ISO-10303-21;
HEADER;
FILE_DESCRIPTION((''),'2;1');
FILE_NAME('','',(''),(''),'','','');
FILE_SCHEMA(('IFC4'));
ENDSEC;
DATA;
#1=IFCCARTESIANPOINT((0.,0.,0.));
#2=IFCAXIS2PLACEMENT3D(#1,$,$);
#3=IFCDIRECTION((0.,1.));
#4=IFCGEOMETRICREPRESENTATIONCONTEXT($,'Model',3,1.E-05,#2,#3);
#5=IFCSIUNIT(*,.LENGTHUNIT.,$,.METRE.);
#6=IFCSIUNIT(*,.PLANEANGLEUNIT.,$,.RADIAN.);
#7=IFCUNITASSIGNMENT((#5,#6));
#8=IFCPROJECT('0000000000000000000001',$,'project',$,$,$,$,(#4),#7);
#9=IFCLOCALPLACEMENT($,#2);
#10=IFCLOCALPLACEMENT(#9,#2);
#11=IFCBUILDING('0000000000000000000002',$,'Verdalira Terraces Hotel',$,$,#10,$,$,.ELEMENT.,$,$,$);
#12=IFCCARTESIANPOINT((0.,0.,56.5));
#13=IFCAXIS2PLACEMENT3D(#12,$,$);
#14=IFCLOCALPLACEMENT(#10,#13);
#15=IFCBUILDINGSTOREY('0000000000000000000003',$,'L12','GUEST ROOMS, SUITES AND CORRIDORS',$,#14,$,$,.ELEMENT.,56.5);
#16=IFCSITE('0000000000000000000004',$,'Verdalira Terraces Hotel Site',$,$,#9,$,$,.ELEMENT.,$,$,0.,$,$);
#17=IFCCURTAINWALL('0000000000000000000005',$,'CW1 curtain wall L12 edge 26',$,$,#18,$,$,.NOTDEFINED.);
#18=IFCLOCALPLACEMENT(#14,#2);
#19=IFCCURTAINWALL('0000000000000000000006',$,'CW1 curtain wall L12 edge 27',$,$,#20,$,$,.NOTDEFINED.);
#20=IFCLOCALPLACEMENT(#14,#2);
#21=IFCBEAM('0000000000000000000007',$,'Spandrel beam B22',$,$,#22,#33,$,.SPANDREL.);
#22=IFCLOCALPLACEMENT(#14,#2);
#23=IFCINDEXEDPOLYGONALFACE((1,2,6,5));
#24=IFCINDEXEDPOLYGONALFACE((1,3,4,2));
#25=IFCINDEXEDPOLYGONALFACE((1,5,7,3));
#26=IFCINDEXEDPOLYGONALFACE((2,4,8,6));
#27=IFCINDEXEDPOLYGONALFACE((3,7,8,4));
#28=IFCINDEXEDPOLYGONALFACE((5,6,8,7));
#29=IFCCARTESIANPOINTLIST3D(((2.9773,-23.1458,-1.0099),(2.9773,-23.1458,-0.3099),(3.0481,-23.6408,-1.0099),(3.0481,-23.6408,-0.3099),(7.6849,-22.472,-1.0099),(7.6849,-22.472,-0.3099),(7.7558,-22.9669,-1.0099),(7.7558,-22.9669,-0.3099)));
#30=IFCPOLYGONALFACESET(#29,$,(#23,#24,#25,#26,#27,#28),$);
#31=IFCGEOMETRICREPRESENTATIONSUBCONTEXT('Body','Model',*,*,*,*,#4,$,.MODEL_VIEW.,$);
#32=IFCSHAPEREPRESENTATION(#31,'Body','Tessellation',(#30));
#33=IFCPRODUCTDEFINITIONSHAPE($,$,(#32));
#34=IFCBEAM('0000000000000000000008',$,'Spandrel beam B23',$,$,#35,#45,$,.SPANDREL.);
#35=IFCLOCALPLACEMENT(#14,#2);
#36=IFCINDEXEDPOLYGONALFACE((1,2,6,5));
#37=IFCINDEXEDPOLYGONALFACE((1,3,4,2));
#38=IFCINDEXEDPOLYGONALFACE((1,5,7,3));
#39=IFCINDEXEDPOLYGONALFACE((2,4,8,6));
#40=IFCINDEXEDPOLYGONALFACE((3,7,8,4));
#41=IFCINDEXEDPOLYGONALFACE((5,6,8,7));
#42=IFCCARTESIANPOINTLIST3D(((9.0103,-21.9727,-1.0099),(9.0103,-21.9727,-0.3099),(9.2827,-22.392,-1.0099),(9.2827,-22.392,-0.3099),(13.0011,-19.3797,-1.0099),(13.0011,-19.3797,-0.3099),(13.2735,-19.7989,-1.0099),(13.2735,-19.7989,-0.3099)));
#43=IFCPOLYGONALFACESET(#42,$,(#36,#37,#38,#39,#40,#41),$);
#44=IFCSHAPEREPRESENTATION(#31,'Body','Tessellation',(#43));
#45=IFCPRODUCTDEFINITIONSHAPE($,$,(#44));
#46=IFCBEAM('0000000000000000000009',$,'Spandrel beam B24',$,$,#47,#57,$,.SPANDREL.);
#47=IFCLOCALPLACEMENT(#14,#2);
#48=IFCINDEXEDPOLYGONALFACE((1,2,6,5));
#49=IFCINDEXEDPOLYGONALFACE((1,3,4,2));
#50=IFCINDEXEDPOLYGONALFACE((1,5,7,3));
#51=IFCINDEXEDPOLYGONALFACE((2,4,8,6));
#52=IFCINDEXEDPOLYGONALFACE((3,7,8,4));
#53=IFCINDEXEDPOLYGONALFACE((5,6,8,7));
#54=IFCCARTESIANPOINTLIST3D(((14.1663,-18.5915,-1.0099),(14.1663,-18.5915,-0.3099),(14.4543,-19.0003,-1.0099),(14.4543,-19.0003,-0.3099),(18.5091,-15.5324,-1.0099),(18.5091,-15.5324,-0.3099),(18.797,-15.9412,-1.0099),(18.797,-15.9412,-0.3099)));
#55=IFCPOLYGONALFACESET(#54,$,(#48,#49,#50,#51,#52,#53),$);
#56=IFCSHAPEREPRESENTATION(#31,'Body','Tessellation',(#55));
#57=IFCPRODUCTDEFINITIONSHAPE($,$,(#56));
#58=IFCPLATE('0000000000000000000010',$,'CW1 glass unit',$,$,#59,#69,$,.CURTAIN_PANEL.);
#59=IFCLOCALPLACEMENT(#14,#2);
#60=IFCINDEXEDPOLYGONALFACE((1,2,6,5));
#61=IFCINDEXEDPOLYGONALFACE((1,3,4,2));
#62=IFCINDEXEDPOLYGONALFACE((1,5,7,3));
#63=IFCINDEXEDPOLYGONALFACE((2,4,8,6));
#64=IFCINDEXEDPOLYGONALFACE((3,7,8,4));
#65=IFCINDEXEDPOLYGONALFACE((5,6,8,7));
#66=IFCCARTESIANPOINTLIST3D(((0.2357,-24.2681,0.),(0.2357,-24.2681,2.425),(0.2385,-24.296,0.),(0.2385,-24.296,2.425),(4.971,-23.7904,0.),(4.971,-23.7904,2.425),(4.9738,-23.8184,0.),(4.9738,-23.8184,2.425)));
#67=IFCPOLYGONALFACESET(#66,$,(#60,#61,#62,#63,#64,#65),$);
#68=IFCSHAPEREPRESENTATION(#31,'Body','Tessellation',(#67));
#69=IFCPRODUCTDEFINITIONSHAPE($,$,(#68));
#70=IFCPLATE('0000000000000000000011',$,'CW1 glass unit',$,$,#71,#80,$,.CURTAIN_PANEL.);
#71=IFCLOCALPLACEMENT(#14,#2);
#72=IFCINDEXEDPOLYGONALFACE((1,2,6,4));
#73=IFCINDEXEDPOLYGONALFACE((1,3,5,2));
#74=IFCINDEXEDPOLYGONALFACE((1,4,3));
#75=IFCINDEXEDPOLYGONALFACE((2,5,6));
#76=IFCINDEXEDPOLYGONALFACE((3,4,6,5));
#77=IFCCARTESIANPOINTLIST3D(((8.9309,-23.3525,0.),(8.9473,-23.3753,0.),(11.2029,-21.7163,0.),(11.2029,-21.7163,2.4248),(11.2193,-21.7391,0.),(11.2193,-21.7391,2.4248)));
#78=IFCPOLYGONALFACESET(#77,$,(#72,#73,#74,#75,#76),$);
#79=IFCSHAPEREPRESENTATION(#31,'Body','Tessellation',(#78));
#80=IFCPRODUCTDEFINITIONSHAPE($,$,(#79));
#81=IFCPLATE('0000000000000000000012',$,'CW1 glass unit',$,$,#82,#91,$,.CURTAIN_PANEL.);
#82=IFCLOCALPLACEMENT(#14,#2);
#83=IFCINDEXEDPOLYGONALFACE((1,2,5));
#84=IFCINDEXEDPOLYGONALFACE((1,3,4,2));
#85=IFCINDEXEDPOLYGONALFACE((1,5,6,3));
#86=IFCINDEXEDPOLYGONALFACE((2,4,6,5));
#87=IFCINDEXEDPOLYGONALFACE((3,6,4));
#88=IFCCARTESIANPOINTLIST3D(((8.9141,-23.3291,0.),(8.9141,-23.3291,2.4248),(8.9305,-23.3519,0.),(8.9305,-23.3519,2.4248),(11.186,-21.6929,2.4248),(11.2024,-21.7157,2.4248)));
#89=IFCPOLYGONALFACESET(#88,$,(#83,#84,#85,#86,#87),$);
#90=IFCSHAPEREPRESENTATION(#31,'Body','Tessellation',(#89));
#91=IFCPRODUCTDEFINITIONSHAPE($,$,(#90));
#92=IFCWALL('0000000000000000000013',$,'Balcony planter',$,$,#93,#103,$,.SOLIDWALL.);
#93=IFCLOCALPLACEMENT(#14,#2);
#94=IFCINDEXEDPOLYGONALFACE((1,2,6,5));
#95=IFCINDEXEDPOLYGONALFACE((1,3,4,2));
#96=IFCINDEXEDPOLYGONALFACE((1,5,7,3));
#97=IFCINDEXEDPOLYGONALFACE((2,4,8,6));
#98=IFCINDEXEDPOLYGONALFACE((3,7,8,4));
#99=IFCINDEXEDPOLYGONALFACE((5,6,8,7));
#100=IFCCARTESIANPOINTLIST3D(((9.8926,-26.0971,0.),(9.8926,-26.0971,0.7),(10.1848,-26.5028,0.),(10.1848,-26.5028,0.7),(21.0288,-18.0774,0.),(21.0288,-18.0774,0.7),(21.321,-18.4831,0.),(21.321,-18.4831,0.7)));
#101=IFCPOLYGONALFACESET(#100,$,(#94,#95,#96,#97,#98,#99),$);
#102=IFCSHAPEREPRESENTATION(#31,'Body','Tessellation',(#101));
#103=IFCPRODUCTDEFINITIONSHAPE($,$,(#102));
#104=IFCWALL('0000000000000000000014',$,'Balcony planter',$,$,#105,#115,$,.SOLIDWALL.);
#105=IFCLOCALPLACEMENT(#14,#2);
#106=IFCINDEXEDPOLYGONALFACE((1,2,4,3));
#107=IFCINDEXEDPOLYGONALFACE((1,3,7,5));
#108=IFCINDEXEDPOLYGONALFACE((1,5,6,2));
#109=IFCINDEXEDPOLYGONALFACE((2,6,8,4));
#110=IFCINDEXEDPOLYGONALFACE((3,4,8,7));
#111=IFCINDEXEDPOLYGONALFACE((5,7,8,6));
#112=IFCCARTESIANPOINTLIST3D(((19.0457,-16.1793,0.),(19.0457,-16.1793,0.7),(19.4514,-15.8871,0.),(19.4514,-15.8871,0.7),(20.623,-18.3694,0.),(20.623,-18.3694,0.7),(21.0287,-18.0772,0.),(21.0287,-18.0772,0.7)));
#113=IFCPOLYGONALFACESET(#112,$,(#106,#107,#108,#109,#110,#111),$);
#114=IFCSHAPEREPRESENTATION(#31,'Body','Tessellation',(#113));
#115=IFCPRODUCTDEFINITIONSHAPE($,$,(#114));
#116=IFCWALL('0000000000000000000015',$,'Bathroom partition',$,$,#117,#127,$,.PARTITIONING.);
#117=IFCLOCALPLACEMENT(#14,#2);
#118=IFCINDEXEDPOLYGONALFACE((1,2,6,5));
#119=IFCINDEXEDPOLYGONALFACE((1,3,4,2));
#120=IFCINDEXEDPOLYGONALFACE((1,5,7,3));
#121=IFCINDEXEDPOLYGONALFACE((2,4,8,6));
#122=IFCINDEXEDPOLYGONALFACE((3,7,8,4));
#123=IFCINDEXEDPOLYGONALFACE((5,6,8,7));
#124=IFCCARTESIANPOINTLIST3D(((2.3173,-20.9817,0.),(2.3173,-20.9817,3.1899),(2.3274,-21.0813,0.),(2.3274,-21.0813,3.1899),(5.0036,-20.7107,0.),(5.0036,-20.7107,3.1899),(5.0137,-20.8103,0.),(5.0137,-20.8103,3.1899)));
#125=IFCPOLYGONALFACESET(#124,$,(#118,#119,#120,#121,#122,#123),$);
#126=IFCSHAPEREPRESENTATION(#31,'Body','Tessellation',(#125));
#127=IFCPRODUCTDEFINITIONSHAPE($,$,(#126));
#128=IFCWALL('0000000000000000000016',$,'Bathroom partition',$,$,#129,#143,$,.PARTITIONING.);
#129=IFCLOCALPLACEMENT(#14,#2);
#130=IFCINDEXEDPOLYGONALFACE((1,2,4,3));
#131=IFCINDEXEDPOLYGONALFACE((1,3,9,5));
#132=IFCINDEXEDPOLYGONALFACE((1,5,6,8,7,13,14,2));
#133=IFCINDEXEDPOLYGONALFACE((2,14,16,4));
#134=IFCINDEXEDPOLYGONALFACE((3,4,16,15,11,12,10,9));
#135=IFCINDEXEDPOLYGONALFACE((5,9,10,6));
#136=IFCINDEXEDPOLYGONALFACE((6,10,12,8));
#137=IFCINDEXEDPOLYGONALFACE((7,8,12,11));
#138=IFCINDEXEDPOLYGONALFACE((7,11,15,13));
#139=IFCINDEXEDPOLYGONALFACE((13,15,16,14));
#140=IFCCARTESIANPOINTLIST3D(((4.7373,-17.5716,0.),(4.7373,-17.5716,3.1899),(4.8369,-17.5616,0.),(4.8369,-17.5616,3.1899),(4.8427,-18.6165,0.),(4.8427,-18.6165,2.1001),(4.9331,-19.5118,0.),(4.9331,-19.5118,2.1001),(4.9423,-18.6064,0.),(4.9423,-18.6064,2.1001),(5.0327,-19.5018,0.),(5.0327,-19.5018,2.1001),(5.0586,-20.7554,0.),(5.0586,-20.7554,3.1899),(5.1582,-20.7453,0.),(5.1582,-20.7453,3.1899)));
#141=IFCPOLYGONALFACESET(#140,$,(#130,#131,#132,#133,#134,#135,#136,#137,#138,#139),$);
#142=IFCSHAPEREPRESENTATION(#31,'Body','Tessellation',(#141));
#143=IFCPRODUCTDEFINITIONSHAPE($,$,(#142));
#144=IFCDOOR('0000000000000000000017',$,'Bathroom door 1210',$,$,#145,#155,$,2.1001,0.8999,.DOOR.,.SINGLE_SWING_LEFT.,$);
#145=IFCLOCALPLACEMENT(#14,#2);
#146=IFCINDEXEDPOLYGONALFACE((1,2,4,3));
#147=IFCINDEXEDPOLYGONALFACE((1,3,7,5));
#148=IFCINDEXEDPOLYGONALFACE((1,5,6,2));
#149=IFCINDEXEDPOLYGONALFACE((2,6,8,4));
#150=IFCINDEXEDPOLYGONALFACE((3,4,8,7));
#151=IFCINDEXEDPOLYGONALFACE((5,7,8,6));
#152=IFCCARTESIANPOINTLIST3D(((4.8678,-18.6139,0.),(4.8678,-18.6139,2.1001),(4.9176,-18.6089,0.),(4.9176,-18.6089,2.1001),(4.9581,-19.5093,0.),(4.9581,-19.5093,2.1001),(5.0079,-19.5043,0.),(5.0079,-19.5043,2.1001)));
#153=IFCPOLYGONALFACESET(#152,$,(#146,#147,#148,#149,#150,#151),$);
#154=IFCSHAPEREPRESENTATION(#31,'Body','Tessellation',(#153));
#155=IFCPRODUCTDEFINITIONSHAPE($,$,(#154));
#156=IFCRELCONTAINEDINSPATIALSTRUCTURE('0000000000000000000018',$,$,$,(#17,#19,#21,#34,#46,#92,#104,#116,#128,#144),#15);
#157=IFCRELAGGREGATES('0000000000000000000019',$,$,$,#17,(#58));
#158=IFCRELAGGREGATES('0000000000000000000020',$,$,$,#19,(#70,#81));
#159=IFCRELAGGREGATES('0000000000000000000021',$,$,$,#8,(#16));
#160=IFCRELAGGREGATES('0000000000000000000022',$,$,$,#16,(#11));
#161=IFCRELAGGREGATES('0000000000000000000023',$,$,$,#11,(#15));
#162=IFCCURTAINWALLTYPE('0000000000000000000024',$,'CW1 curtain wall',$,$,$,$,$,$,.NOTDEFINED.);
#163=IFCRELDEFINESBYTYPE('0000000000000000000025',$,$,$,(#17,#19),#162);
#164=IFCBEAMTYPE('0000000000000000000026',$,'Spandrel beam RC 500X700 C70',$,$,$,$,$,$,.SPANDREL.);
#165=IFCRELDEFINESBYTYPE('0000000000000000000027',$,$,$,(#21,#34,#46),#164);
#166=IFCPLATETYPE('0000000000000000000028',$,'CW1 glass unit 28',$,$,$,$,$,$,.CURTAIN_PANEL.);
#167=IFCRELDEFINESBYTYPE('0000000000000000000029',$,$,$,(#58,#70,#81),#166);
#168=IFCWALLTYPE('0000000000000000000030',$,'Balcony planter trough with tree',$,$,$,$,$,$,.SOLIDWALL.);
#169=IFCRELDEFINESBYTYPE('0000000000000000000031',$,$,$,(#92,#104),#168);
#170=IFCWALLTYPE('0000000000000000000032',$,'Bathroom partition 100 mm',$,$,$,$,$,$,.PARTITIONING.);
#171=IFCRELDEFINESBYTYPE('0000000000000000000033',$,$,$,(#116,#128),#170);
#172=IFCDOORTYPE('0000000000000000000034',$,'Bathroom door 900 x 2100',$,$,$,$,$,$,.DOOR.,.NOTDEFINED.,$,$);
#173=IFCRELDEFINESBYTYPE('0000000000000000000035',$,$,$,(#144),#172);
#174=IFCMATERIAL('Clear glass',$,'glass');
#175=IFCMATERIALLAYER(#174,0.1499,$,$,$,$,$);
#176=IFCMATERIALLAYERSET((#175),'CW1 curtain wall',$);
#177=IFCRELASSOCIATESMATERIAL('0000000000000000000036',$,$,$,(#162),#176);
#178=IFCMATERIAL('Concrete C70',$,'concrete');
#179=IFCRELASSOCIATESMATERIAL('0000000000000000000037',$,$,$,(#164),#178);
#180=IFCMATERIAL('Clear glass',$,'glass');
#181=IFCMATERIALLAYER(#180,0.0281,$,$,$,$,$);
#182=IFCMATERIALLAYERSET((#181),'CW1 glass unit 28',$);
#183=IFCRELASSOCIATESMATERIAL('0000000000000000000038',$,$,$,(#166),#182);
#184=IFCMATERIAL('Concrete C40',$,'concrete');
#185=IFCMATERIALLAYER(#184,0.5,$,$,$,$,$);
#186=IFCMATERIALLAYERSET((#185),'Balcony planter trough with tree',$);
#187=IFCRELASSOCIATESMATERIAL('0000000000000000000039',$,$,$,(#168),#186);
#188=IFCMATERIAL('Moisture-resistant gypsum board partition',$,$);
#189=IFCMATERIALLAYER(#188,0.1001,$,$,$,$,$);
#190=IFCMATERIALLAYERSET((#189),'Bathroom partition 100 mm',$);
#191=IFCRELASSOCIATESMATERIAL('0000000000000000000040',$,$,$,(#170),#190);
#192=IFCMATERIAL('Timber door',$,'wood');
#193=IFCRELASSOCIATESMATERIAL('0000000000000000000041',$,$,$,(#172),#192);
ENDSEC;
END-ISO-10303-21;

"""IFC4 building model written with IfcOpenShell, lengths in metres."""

from ifc_helpers import new_model, si_unit, direction, frame, frame_2d, origin, origin_2d, place, context, subcontext, project, spatial, polyline, rectangle, outline, extrude, material, layer, layer_set, material_profile, profile_set, type_object, element, fill, aggregate, save


model = new_model("IFC4")

# Units and contexts
model_context = context("Model", 3, precision=1e-05, world=origin(), true_north=direction((0.0, 1.0)))
body_context = subcontext(model_context, "Body", "Model", "MODEL_VIEW")
ifc_project = project(units=[si_unit("LENGTHUNIT", "METRE"), si_unit("PLANEANGLEUNIT", "RADIAN")], contexts=[model_context])

# Site, building, storey
site_placement = place(None, origin())
site = spatial("IfcSite", under=ifc_project, at=site_placement, Name="Verdalira Terraces Hotel Site", CompositionType="ELEMENT", RefElevation=0.0)
building_placement = place(site_placement, origin())
building = spatial("IfcBuilding", under=site, at=building_placement, Name="Verdalira Terraces Hotel", CompositionType="ELEMENT")
storey_placement = place(building_placement, frame((0.0, 0.0, 56.5)))
storey = spatial("IfcBuildingStorey", under=building, at=storey_placement, Name="L12", Description="GUEST ROOMS, SUITES AND CORRIDORS", CompositionType="ELEMENT", Elevation=56.5)

# Curtain wall
ifc_material_1 = material(Name="Clear glass", Category="glass")
ifc_layer_1 = layer(ifc_material_1, 0.1499)
ifc_layer_set_1 = layer_set([ifc_layer_1], Name="CW1 curtain wall")
curtain_wall_type = type_object("IfcCurtainWallType", Name="CW1 curtain wall", PredefinedType="NOTDEFINED", material=ifc_layer_set_1)
curtain_wall_1_placement = place(storey_placement, origin())
curtain_wall_1 = element("IfcCurtainWall", 1, at=curtain_wall_1_placement, inside=storey, type_object=curtain_wall_type, Name="CW1 curtain wall L12 edge 26", PredefinedType="NOTDEFINED")

# Curtain wall
curtain_wall_2_placement = place(storey_placement, origin())
curtain_wall_2 = element("IfcCurtainWall", 2, at=curtain_wall_2_placement, inside=storey, type_object=curtain_wall_type, Name="CW1 curtain wall L12 edge 27", PredefinedType="NOTDEFINED")

# Beams
ifc_material_2 = material(Name="Concrete C70", Category="concrete")
ifc_material_profile_1 = material_profile(ifc_material_2, rectangle(XDim=0.5, YDim=0.7, at=origin_2d()), Name="RC 500X700")
ifc_profile_set_1 = profile_set([ifc_material_profile_1], Name="Concrete C70")
beam_type_1 = type_object("IfcBeamType", Name="Spandrel beam RC 500X700 C70", PredefinedType="SPANDREL", material=ifc_profile_set_1)
beam_1_placement = place(storey_placement, frame((3.0127, -23.3933, -0.6599), z_axis=(0.98991, 0.141694, 0.0), x_axis=(-0.141694, 0.98991, 0.0)))
element("IfcBeam", 3, at=beam_1_placement, inside=storey, type_object=beam_type_1, Name="Spandrel beam B22", PredefinedType="SPANDREL", context=body_context, shape_type="SweptSolid", body=[
    extrude(rectangle(XDim=0.5, YDim=0.7, at=origin_2d()), origin(), (0.0, 0.0, 1.0), 4.7556),
])
beam_2_placement = place(storey_placement, frame((9.1465, -22.1824, -0.6599), z_axis=(0.838535, 0.544848, 0.0), x_axis=(-0.544848, 0.838535, 0.0)))
element("IfcBeam", 4, at=beam_2_placement, inside=storey, type_object=beam_type_1, Name="Spandrel beam B23", PredefinedType="SPANDREL", context=body_context, shape_type="SweptSolid", body=[
    extrude(rectangle(XDim=0.5, YDim=0.7, at=origin_2d()), origin(), (0.0, 0.0, 1.0), 4.7593),
])
beam_3_placement = place(storey_placement, frame((14.3103, -18.7959, -0.6599), z_axis=(0.817536, 0.575878, 0.0), x_axis=(-0.575878, 0.817536, 0.0)))
element("IfcBeam", 5, at=beam_3_placement, inside=storey, type_object=beam_type_1, Name="Spandrel beam B24", PredefinedType="SPANDREL", context=body_context, shape_type="SweptSolid", body=[
    extrude(rectangle(XDim=0.5, YDim=0.7, at=origin_2d()), origin(), (0.0, 0.0, 1.0), 5.312),
])

# Plates
ifc_material_3 = material(Name="Clear glass", Category="glass")
ifc_layer_2 = layer(ifc_material_3, 0.0281)
ifc_layer_set_2 = layer_set([ifc_layer_2], Name="CW1 glass unit 28")
plate_type = type_object("IfcPlateType", Name="CW1 glass unit 28", PredefinedType="CURTAIN_PANEL", material=ifc_layer_set_2)
plate_1_placement = place(storey_placement, frame((2.6047, -24.0432, 0.0), z_axis=(0.0, 0.0, 1.0), x_axis=(0.994951, 0.100362, 0.0)))
plate_1 = element("IfcPlate", 6, at=plate_1_placement, type_object=plate_type, Name="CW1 glass unit", PredefinedType="CURTAIN_PANEL", context=body_context, shape_type="SweptSolid", body=[
    extrude(rectangle(XDim=4.7593, YDim=0.0281, at=origin_2d()), origin(), (0.0, 0.0, 1.0), 2.425),
])
aggregate(curtain_wall_1, [plate_1])
plate_2_placement = place(storey_placement, frame((10.0669, -22.5344, 1.2124), z_axis=(0.584391, -0.811472, 0.0), x_axis=(0.811472, 0.584391, 0.0)))
plate_2 = element("IfcPlate", 7, at=plate_2_placement, type_object=plate_type, Name="CW1 glass unit", PredefinedType="CURTAIN_PANEL", context=body_context, shape_type="SweptSolid", body=[
    extrude(outline(polyline([(-1.3999, -1.2124), (1.3999, -1.2124), (1.3999, 1.2124), (-1.3999, -1.2124)])), origin(), (0.0, 0.0, 1.0), 0.0281),
])
plate_3_placement = place(storey_placement, frame((10.05, -22.511, 1.2124), z_axis=(0.584391, -0.811472, 0.0), x_axis=(0.811472, 0.584391, 0.0)))
plate_3 = element("IfcPlate", 8, at=plate_3_placement, type_object=plate_type, Name="CW1 glass unit", PredefinedType="CURTAIN_PANEL", context=body_context, shape_type="SweptSolid", body=[
    extrude(outline(polyline([(-1.3999, -1.2124), (1.3999, 1.2124), (-1.3999, 1.2124), (-1.3999, -1.2124)])), origin(), (0.0, 0.0, 1.0), 0.0281),
])
aggregate(curtain_wall_2, [plate_2, plate_3])

# Walls
ifc_material_4 = material(Name="Concrete C40", Category="concrete")
ifc_layer_3 = layer(ifc_material_4, 0.5)
ifc_layer_set_3 = layer_set([ifc_layer_3], Name="Balcony planter trough with tree")
wall_type_1 = type_object("IfcWallType", Name="Balcony planter trough with tree", PredefinedType="SOLIDWALL", material=ifc_layer_set_3)
wall_1_placement = place(storey_placement, frame((10.0386, -26.3, 0.0), z_axis=(0.0, 0.0, 1.0), x_axis=(0.811476, 0.584386, 0.0)))
element("IfcWall", 9, at=wall_1_placement, inside=storey, type_object=wall_type_1, Name="Balcony planter", PredefinedType="SOLIDWALL", context=body_context, shape_type="SweptSolid", body=[
    extrude(rectangle(XDim=13.7234, YDim=0.5, at=frame_2d((6.8618, 0.0))), origin(), (0.0, 0.0, 1.0), 0.7),
])
wall_2_placement = place(storey_placement, frame((20.8259, -18.2234, 0.0), z_axis=(0.0, 0.0, 1.0), x_axis=(-0.584417, 0.811454, 0.0)))
element("IfcWall", 10, at=wall_2_placement, inside=storey, type_object=wall_type_1, Name="Balcony planter", PredefinedType="SOLIDWALL", context=body_context, shape_type="SweptSolid", body=[
    extrude(rectangle(XDim=2.699, YDim=0.5, at=frame_2d((1.3496, 0.0))), origin(), (0.0, 0.0, 1.0), 0.7),
])
ifc_material_5 = material(Name="Moisture-resistant gypsum board partition")
ifc_layer_4 = layer(ifc_material_5, 0.1001)
ifc_layer_set_4 = layer_set([ifc_layer_4], Name="Bathroom partition 100 mm")
wall_type_2 = type_object("IfcWallType", Name="Bathroom partition 100 mm", PredefinedType="PARTITIONING", material=ifc_layer_set_4)
wall_3_placement = place(storey_placement, frame((5.0088, -20.7605, 0.0), z_axis=(0.0, 0.0, 1.0), x_axis=(-0.99495, -0.100372, 0.0)))
element("IfcWall", 11, at=wall_3_placement, inside=storey, type_object=wall_type_2, Name="Bathroom partition", PredefinedType="PARTITIONING", context=body_context, shape_type="SweptSolid", body=[
    extrude(rectangle(XDim=2.7, YDim=0.1001, at=frame_2d((1.3501, 0.0))), origin(), (0.0, 0.0, 1.0), 3.1899),
])

# Wall, opening, door
wall_4_placement = place(storey_placement, frame((5.1084, -20.7505, 0.0), z_axis=(0.0, 0.0, 1.0), x_axis=(-0.100403, 0.994947, 0.0)))
wall_4 = element("IfcWall", 12, at=wall_4_placement, inside=storey, type_object=wall_type_2, Name="Bathroom partition", PredefinedType="PARTITIONING", context=body_context, shape_type="SweptSolid", body=[
    extrude(rectangle(XDim=3.2, YDim=0.1001, at=frame_2d((1.6001, 0.0))), origin(), (0.0, 0.0, 1.0), 3.1899),
])
opening_1_placement = place(wall_4_placement, frame((1.25, 0.0, 0.0)))
opening_1 = element("IfcOpeningElement", 13, at=opening_1_placement, cuts=wall_4, PredefinedType="OPENING", context=body_context, shape_type="SweptSolid", body=[
    extrude(rectangle(XDim=0.8999, YDim=2.1001, at=frame_2d((0.45, 1.05))), frame((0.0, 0.0601, 0.0), z_axis=(0.0, -1.0, 0.0), x_axis=(1.0, 0.0, 0.0)), (0.0, 0.0, 1.0), 0.1201),
])
ifc_material_6 = material(Name="Timber door", Category="wood")
door_type_1 = type_object("IfcDoorType", Name="Bathroom door 900 x 2100", OperationType="NOTDEFINED", PredefinedType="DOOR", material=ifc_material_6)
door_1_placement = place(opening_1_placement, origin())
door_1 = element("IfcDoor", 14, at=door_1_placement, inside=storey, type_object=door_type_1, Name="Bathroom door 1210", OperationType="SINGLE_SWING_LEFT", OverallHeight=2.1001, OverallWidth=0.8999, PredefinedType="DOOR", context=body_context, shape_type="SweptSolid", body=[
    extrude(rectangle(XDim=0.8999, YDim=2.1001, at=frame_2d((0.45, 1.05))), frame((0.0, 0.0249, 0.0), z_axis=(0.0, -1.0, 0.0), x_axis=(1.0, 0.0, 0.0)), (0.0, 0.0, 1.0), 0.05),
])
fill(opening_1, door_1)

save(model, "model.ifc")
